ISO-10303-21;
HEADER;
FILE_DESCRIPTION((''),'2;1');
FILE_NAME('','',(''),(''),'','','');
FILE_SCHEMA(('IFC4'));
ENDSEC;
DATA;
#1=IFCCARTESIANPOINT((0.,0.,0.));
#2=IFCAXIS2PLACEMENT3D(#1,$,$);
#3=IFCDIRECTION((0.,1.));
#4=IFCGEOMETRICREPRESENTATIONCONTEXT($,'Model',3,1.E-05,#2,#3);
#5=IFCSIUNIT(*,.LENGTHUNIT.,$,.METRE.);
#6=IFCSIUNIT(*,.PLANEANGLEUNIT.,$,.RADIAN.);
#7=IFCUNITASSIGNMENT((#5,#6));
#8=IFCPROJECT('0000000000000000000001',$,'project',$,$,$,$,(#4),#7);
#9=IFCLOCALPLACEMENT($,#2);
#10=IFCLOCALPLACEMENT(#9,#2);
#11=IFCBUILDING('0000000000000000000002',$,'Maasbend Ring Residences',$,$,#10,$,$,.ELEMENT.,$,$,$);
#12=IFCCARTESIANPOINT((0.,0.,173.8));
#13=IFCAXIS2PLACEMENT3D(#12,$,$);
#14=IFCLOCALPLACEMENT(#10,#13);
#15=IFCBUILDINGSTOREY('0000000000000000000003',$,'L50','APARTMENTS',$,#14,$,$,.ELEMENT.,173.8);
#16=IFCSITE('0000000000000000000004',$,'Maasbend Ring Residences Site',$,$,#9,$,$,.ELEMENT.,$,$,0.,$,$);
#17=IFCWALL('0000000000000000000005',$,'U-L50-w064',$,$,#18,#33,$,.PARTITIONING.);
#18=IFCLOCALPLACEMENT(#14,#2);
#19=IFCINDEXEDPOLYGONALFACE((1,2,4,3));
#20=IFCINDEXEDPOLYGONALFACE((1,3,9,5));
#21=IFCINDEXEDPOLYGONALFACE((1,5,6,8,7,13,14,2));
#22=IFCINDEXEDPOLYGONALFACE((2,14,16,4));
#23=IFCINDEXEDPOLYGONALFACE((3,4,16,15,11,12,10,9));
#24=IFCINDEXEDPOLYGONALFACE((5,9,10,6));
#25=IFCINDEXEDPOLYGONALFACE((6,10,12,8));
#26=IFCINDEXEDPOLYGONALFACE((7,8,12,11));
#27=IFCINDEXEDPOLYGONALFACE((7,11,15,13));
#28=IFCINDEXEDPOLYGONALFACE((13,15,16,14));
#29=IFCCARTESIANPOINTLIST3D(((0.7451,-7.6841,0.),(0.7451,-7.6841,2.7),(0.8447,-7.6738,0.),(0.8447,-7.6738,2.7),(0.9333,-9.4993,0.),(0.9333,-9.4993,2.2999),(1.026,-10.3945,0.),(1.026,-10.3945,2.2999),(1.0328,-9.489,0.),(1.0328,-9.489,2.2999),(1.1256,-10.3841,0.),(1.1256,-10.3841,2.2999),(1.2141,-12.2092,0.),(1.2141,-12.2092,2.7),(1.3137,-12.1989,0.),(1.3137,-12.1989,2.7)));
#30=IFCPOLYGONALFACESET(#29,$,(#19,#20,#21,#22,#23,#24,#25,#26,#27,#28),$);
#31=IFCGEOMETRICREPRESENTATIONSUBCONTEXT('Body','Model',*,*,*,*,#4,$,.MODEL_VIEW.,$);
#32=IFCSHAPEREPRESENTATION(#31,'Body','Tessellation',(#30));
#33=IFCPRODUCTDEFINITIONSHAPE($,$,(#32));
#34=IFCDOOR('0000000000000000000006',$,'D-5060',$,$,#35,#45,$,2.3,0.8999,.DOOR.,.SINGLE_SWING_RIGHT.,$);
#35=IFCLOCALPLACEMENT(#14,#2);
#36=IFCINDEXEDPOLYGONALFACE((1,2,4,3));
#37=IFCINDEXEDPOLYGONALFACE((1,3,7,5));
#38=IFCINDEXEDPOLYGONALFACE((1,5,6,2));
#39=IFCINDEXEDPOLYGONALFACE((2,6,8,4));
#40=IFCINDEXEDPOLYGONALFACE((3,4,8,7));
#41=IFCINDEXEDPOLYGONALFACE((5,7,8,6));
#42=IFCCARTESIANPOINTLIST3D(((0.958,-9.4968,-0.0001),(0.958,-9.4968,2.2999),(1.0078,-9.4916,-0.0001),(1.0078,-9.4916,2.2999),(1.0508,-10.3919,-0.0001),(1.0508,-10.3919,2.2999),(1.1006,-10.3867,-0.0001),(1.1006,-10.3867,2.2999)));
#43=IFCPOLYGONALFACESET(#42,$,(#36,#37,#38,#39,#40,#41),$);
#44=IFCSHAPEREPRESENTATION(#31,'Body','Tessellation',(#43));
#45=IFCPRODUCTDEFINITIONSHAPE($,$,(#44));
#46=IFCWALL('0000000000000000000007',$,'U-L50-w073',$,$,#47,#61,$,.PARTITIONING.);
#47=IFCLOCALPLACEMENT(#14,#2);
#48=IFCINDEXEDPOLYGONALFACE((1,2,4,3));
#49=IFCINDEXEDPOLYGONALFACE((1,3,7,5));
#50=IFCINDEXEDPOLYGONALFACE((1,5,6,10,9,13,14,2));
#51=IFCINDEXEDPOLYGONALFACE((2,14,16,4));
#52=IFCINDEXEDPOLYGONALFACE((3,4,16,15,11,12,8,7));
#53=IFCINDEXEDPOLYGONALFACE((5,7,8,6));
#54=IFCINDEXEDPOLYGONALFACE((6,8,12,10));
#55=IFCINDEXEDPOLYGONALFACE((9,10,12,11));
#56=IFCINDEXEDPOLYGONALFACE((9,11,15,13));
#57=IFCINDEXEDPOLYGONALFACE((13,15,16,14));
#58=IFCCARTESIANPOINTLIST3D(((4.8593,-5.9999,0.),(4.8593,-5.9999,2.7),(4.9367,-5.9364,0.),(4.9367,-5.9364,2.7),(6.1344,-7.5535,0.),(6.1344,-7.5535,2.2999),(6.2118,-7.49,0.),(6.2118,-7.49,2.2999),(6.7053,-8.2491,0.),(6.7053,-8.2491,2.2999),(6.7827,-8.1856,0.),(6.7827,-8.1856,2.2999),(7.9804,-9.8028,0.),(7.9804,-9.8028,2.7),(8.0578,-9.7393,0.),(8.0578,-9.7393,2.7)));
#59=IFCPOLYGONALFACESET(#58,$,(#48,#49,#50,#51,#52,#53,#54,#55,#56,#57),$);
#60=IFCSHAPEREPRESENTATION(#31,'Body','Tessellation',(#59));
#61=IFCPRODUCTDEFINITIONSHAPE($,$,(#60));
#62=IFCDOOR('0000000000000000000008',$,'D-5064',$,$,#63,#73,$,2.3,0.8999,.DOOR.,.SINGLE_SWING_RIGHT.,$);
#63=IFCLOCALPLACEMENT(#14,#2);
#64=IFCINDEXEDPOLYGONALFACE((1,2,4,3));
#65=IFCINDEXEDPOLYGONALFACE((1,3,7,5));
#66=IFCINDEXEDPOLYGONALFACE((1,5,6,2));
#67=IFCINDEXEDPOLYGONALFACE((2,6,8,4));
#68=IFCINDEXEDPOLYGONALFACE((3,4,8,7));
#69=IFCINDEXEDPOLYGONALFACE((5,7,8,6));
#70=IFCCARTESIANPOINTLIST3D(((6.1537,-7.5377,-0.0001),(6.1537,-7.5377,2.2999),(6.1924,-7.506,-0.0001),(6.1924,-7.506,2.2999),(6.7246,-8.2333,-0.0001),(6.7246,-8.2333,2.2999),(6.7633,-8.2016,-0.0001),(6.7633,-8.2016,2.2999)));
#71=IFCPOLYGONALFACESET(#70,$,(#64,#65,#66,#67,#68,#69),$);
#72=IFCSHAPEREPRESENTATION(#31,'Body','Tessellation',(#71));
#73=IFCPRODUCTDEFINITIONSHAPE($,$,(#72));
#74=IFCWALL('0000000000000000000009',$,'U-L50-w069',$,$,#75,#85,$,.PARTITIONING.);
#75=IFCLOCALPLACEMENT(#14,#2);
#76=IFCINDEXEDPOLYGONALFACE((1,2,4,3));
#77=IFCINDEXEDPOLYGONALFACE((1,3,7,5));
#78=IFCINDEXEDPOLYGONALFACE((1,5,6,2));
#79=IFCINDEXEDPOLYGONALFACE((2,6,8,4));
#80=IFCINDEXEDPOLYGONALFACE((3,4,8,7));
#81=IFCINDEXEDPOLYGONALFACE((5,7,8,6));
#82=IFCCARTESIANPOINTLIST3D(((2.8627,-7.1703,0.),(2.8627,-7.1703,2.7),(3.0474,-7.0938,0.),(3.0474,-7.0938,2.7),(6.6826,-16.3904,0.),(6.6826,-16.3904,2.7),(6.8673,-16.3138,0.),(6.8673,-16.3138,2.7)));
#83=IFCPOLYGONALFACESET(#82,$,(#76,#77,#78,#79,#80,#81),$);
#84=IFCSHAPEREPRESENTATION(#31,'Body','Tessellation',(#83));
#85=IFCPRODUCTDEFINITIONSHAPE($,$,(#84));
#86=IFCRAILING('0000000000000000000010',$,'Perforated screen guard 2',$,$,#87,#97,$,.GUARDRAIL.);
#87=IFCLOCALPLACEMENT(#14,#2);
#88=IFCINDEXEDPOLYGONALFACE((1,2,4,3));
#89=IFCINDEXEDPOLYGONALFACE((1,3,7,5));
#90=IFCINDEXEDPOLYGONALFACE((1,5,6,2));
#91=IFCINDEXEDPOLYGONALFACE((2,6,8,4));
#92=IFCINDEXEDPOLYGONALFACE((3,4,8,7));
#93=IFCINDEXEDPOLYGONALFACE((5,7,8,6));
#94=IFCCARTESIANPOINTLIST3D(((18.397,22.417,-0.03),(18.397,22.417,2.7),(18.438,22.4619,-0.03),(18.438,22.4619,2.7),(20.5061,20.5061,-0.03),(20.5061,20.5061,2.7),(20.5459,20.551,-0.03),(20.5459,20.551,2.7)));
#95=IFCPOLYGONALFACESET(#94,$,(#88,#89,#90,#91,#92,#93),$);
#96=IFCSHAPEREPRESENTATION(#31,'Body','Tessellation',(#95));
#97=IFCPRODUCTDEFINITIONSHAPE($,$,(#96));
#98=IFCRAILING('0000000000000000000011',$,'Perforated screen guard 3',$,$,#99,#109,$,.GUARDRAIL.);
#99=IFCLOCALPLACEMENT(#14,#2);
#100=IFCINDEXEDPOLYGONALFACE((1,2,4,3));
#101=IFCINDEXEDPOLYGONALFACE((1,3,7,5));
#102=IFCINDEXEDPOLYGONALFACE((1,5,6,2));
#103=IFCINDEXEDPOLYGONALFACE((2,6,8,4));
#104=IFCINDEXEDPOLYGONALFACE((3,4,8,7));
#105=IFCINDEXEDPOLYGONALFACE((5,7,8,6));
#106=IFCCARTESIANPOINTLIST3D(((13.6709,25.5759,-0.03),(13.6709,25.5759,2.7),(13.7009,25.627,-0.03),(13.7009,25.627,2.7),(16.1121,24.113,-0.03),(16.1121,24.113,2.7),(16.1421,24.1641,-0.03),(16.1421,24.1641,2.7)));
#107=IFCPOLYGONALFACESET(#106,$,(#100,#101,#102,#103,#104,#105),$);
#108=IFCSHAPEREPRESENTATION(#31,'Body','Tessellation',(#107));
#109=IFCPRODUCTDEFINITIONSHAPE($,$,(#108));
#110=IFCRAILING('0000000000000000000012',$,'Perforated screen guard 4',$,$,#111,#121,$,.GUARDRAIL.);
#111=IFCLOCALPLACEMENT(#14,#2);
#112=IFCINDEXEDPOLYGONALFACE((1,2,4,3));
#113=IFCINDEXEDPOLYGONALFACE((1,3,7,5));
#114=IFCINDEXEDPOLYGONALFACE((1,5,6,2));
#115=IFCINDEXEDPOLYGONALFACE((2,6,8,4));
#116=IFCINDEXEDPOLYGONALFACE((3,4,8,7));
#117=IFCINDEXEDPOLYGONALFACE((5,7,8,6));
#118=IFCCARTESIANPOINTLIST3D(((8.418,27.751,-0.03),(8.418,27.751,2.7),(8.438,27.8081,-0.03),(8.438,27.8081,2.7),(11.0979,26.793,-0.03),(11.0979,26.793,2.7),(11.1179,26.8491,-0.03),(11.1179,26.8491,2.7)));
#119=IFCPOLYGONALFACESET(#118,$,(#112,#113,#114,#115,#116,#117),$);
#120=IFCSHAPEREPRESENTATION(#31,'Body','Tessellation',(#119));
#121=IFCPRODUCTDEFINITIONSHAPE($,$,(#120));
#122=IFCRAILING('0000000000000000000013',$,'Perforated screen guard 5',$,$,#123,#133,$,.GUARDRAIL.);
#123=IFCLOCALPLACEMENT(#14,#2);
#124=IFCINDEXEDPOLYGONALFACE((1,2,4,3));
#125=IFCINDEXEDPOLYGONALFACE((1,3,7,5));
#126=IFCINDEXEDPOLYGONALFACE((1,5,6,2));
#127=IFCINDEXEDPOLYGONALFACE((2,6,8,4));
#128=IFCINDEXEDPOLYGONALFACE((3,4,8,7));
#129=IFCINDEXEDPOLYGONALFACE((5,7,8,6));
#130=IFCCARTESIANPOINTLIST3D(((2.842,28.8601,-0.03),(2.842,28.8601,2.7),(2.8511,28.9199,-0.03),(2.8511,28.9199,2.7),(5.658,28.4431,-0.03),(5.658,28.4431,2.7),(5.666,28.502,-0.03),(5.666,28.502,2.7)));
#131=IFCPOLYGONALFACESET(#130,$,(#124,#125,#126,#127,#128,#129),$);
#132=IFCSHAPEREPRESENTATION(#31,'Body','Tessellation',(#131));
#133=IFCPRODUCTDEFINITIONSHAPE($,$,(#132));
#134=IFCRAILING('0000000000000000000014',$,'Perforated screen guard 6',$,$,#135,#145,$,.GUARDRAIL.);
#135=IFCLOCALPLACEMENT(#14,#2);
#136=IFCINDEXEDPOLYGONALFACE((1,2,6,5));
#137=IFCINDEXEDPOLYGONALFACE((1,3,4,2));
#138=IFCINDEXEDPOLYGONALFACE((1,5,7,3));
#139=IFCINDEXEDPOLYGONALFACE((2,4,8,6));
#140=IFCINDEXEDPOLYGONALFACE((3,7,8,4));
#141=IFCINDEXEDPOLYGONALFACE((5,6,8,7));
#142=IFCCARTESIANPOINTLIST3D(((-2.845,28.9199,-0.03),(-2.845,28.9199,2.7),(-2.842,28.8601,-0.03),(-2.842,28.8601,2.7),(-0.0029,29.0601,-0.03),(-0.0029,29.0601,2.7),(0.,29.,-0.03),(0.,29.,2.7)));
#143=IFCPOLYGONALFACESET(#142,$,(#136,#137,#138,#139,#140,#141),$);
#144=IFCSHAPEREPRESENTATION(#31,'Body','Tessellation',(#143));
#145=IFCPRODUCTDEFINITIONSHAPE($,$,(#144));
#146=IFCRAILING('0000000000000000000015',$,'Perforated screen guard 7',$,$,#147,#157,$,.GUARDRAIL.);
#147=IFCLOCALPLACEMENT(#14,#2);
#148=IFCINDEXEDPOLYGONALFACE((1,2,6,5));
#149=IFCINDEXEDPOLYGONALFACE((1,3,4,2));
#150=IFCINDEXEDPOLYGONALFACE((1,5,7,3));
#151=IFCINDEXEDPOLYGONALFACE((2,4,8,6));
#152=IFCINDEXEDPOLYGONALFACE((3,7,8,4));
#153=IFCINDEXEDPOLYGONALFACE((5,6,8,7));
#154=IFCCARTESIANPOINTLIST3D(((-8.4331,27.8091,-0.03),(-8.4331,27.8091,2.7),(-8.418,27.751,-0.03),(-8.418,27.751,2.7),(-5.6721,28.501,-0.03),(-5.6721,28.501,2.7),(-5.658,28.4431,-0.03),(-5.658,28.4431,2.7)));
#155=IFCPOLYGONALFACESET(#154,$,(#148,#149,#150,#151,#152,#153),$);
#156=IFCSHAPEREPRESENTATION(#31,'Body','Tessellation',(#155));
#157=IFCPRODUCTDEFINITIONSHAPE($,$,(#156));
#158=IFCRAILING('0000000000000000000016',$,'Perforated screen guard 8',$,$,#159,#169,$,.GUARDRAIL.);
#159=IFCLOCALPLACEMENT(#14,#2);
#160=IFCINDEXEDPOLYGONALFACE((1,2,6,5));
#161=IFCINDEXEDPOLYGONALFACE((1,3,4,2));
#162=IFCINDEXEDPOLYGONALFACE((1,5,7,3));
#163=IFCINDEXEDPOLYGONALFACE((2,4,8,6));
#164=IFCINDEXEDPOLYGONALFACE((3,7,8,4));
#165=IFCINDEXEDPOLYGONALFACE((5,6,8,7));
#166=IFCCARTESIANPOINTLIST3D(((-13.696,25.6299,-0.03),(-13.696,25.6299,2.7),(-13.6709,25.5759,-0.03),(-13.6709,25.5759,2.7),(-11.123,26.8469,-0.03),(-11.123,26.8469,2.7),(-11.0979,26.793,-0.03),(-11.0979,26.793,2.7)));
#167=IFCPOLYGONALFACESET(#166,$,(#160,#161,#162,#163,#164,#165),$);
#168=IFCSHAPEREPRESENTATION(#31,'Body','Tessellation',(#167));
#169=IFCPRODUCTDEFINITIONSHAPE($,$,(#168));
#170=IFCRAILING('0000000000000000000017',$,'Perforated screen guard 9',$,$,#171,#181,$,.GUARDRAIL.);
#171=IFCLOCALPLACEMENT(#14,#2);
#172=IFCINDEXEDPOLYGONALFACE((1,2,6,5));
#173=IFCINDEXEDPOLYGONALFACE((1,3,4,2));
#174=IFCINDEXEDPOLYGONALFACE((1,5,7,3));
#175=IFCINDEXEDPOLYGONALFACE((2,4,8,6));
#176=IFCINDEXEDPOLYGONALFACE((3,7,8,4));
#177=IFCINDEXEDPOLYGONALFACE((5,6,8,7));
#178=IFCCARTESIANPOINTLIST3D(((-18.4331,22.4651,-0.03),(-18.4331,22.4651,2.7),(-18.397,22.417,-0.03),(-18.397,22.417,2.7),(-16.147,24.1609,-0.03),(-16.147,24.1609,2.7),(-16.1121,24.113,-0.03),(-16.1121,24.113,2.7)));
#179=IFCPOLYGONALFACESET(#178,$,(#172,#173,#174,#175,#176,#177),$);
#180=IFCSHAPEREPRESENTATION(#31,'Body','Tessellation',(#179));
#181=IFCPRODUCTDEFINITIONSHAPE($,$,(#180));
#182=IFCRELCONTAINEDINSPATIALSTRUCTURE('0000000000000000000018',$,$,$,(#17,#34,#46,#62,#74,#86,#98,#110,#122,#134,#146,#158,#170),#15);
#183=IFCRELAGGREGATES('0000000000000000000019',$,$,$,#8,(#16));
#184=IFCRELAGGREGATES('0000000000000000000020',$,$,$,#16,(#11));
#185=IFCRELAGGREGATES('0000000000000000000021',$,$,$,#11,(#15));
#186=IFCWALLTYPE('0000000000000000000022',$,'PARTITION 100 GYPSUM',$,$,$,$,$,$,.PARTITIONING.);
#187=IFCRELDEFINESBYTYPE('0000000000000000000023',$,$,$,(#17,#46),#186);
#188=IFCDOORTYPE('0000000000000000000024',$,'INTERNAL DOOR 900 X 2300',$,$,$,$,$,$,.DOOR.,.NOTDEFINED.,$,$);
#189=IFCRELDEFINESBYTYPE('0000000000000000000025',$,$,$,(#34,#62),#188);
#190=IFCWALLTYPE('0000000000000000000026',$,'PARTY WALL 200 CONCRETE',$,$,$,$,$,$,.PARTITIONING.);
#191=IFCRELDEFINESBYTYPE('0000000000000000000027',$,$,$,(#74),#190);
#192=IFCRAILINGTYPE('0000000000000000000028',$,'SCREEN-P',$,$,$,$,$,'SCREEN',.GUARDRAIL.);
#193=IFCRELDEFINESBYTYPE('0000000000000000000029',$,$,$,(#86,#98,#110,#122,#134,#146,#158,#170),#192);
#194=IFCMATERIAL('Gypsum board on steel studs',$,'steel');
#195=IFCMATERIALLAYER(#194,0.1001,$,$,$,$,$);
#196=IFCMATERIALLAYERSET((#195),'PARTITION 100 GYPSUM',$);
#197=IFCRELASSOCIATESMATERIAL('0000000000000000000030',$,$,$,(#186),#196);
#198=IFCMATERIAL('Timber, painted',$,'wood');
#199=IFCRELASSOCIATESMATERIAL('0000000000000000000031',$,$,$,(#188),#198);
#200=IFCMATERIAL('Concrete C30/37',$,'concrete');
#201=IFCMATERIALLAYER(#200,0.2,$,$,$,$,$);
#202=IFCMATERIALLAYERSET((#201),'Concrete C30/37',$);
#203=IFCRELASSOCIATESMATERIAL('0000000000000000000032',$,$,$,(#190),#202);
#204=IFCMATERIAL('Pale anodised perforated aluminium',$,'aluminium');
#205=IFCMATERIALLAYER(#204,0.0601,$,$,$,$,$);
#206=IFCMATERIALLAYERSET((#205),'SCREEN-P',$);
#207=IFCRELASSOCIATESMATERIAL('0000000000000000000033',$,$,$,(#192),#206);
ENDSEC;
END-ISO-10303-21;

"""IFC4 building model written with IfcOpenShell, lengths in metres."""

from ifc_helpers import new_model, si_unit, direction, frame, frame_2d, origin, place, context, subcontext, project, spatial, polyline, rectangle, outline, extrude, material, layer, layer_set, type_object, element, fill, save


model = new_model("IFC4")

# Units and contexts
model_context = context("Model", 3, precision=1e-05, world=origin(), true_north=direction((0.0, 1.0)))
body_context = subcontext(model_context, "Body", "Model", "MODEL_VIEW")
ifc_project = project(units=[si_unit("LENGTHUNIT", "METRE"), si_unit("PLANEANGLEUNIT", "RADIAN")], contexts=[model_context])

# Site, building, storey
site_placement = place(None, origin())
site = spatial("IfcSite", under=ifc_project, at=site_placement, Name="Maasbend Ring Residences Site", CompositionType="ELEMENT", RefElevation=0.0)
building_placement = place(site_placement, origin())
building = spatial("IfcBuilding", under=site, at=building_placement, Name="Maasbend Ring Residences", CompositionType="ELEMENT")
storey_placement = place(building_placement, frame((0.0, 0.0, 173.8)))
storey = spatial("IfcBuildingStorey", under=building, at=storey_placement, Name="L50", Description="APARTMENTS", CompositionType="ELEMENT", Elevation=173.8)

# Walls, openings, doors
ifc_material_1 = material(Name="Gypsum board on steel studs", Category="steel")
ifc_layer_1 = layer(ifc_material_1, 0.1001)
ifc_layer_set_1 = layer_set([ifc_layer_1], Name="PARTITION 100 GYPSUM")
wall_type_1 = type_object("IfcWallType", Name="PARTITION 100 GYPSUM", PredefinedType="PARTITIONING", material=ifc_layer_set_1)
wall_1_placement = place(storey_placement, frame((0.7949, -7.679, 0.0), z_axis=(0.0, 0.0, 1.0), x_axis=(0.10309, -0.994672, 0.0)))
wall_1 = element("IfcWall", 1, at=wall_1_placement, inside=storey, type_object=wall_type_1, Name="U-L50-w064", PredefinedType="PARTITIONING", context=body_context, shape_type="SweptSolid", body=[
    extrude(rectangle(XDim=4.5493, YDim=0.1001, at=frame_2d((2.2747, 0.0))), origin(), (0.0, 0.0, 1.0), 2.7),
])
opening_1_placement = place(wall_1_placement, frame((1.825, 0.0, 0.0)))
opening_1 = element("IfcOpeningElement", 2, at=opening_1_placement, cuts=wall_1, PredefinedType="OPENING", context=body_context, shape_type="SweptSolid", body=[
    extrude(rectangle(XDim=0.8999, YDim=2.3, at=frame_2d((0.45, 1.1499))), frame((0.0, 0.0601, 0.0), z_axis=(0.0, -1.0, 0.0), x_axis=(1.0, 0.0, 0.0)), (0.0, 0.0, 1.0), 0.1201),
])
ifc_material_2 = material(Name="Timber, painted", Category="wood")
door_type = type_object("IfcDoorType", Name="INTERNAL DOOR 900 X 2300", OperationType="NOTDEFINED", PredefinedType="DOOR", material=ifc_material_2)
door_1_placement = place(opening_1_placement, origin())
door_1 = element("IfcDoor", 3, at=door_1_placement, inside=storey, type_object=door_type, Name="D-5060", OperationType="SINGLE_SWING_RIGHT", OverallHeight=2.3, OverallWidth=0.8999, PredefinedType="DOOR", context=body_context, shape_type="SweptSolid", body=[
    extrude(rectangle(XDim=0.8999, YDim=2.3, at=frame_2d((0.45, 1.1499))), frame((0.0, 0.0249, 0.0), z_axis=(0.0, -1.0, 0.0), x_axis=(1.0, 0.0, 0.0)), (0.0, 0.0, 1.0), 0.05),
])
fill(opening_1, door_1)
wall_2_placement = place(storey_placement, frame((4.8979, -5.968, 0.0), z_axis=(0.0, 0.0, 1.0), x_axis=(0.634402, -0.773003, 0.0)))
wall_2 = element("IfcWall", 4, at=wall_2_placement, inside=storey, type_object=wall_type_1, Name="U-L50-w073", PredefinedType="PARTITIONING", context=body_context, shape_type="SweptSolid", body=[
    extrude(rectangle(XDim=4.9197, YDim=0.1001, at=frame_2d((2.46, 0.0))), origin(), (0.0, 0.0, 1.0), 2.7),
])
opening_2_placement = place(wall_2_placement, frame((2.01, 0.0, 0.0)))
opening_2 = element("IfcOpeningElement", 5, at=opening_2_placement, cuts=wall_2, PredefinedType="OPENING", context=body_context, shape_type="SweptSolid", body=[
    extrude(rectangle(XDim=0.8999, YDim=2.3, at=frame_2d((0.45, 1.1499))), frame((0.0, 0.0601, 0.0), z_axis=(0.0, -1.0, 0.0), x_axis=(1.0, 0.0, 0.0)), (0.0, 0.0, 1.0), 0.1201),
])
door_2_placement = place(opening_2_placement, origin())
door_2 = element("IfcDoor", 6, at=door_2_placement, inside=storey, type_object=door_type, Name="D-5064", OperationType="SINGLE_SWING_RIGHT", OverallHeight=2.3, OverallWidth=0.8999, PredefinedType="DOOR", context=body_context, shape_type="SweptSolid", body=[
    extrude(rectangle(XDim=0.8999, YDim=2.3, at=frame_2d((0.45, 1.1499))), frame((0.0, 0.0249, 0.0), z_axis=(0.0, -1.0, 0.0), x_axis=(1.0, 0.0, 0.0)), (0.0, 0.0, 1.0), 0.05),
])
fill(opening_2, door_2)

# Wall
ifc_material_3 = material(Name="Concrete C30/37", Category="concrete")
ifc_layer_2 = layer(ifc_material_3, 0.2)
ifc_layer_set_2 = layer_set([ifc_layer_2], Name="Concrete C30/37")
wall_type_2 = type_object("IfcWallType", Name="PARTY WALL 200 CONCRETE", PredefinedType="PARTITIONING", material=ifc_layer_set_2)
wall_3_placement = place(storey_placement, frame((2.9551, -7.1321, 0.0), z_axis=(0.0, 0.0, 1.0), x_axis=(0.382751, -0.923852, 0.0)))
element("IfcWall", 7, at=wall_3_placement, inside=storey, type_object=wall_type_2, Name="U-L50-w069", PredefinedType="PARTITIONING", context=body_context, shape_type="SweptSolid", body=[
    extrude(rectangle(XDim=9.98, YDim=0.2, at=frame_2d((4.99, 0.0))), origin(), (0.0, 0.0, 1.0), 2.7),
])

# Railings
ifc_material_4 = material(Name="Pale anodised perforated aluminium", Category="aluminium")
ifc_layer_3 = layer(ifc_material_4, 0.0601)
ifc_layer_set_3 = layer_set([ifc_layer_3], Name="SCREEN-P")
railing_type = type_object("IfcRailingType", Name="SCREEN-P", ElementType="SCREEN", PredefinedType="GUARDRAIL", material=ifc_layer_set_3)
railing_1_placement = place(storey_placement, frame((0.0, 0.0, -0.03)))
element("IfcRailing", 8, at=railing_1_placement, inside=storey, type_object=railing_type, Name="Perforated screen guard 2", PredefinedType="GUARDRAIL", context=body_context, shape_type="SweptSolid", body=[
    extrude(outline(polyline([(20.5061, 20.5061), (18.397, 22.417), (18.438, 22.4619), (20.5459, 20.551), (20.5061, 20.5061)])), origin(), (0.0, 0.0, 1.0), 2.73),
])
railing_2_placement = place(storey_placement, frame((0.0, 0.0, -0.03)))
element("IfcRailing", 9, at=railing_2_placement, inside=storey, type_object=railing_type, Name="Perforated screen guard 3", PredefinedType="GUARDRAIL", context=body_context, shape_type="SweptSolid", body=[
    extrude(outline(polyline([(16.1121, 24.113), (13.6709, 25.5759), (13.7009, 25.627), (16.1421, 24.1641), (16.1121, 24.113)])), origin(), (0.0, 0.0, 1.0), 2.73),
])
railing_3_placement = place(storey_placement, frame((0.0, 0.0, -0.03)))
element("IfcRailing", 10, at=railing_3_placement, inside=storey, type_object=railing_type, Name="Perforated screen guard 4", PredefinedType="GUARDRAIL", context=body_context, shape_type="SweptSolid", body=[
    extrude(outline(polyline([(11.0979, 26.793), (8.418, 27.751), (8.438, 27.8081), (11.1179, 26.8491), (11.0979, 26.793)])), origin(), (0.0, 0.0, 1.0), 2.73),
])
railing_4_placement = place(storey_placement, frame((0.0, 0.0, -0.03)))
element("IfcRailing", 11, at=railing_4_placement, inside=storey, type_object=railing_type, Name="Perforated screen guard 5", PredefinedType="GUARDRAIL", context=body_context, shape_type="SweptSolid", body=[
    extrude(outline(polyline([(5.658, 28.4431), (2.842, 28.8601), (2.8511, 28.9199), (5.666, 28.502), (5.658, 28.4431)])), origin(), (0.0, 0.0, 1.0), 2.73),
])
railing_5_placement = place(storey_placement, frame((0.0, 0.0, -0.03)))
element("IfcRailing", 12, at=railing_5_placement, inside=storey, type_object=railing_type, Name="Perforated screen guard 6", PredefinedType="GUARDRAIL", context=body_context, shape_type="SweptSolid", body=[
    extrude(outline(polyline([(0.0, 29.0), (-2.842, 28.8601), (-2.845, 28.9199), (-0.0029, 29.0601), (0.0, 29.0)])), origin(), (0.0, 0.0, 1.0), 2.73),
])
railing_6_placement = place(storey_placement, frame((0.0, 0.0, -0.03)))
element("IfcRailing", 13, at=railing_6_placement, inside=storey, type_object=railing_type, Name="Perforated screen guard 7", PredefinedType="GUARDRAIL", context=body_context, shape_type="SweptSolid", body=[
    extrude(outline(polyline([(-5.658, 28.4431), (-8.418, 27.751), (-8.4331, 27.8091), (-5.6721, 28.501), (-5.658, 28.4431)])), origin(), (0.0, 0.0, 1.0), 2.73),
])
railing_7_placement = place(storey_placement, frame((0.0, 0.0, -0.03)))
element("IfcRailing", 14, at=railing_7_placement, inside=storey, type_object=railing_type, Name="Perforated screen guard 8", PredefinedType="GUARDRAIL", context=body_context, shape_type="SweptSolid", body=[
    extrude(outline(polyline([(-11.0979, 26.793), (-13.6709, 25.5759), (-13.696, 25.6299), (-11.123, 26.8469), (-11.0979, 26.793)])), origin(), (0.0, 0.0, 1.0), 2.73),
])
railing_8_placement = place(storey_placement, frame((0.0, 0.0, -0.03)))
element("IfcRailing", 15, at=railing_8_placement, inside=storey, type_object=railing_type, Name="Perforated screen guard 9", PredefinedType="GUARDRAIL", context=body_context, shape_type="SweptSolid", body=[
    extrude(outline(polyline([(-16.1121, 24.113), (-18.397, 22.417), (-18.4331, 22.4651), (-16.147, 24.1609), (-16.1121, 24.113)])), origin(), (0.0, 0.0, 1.0), 2.73),
])

save(model, "model.ifc")
